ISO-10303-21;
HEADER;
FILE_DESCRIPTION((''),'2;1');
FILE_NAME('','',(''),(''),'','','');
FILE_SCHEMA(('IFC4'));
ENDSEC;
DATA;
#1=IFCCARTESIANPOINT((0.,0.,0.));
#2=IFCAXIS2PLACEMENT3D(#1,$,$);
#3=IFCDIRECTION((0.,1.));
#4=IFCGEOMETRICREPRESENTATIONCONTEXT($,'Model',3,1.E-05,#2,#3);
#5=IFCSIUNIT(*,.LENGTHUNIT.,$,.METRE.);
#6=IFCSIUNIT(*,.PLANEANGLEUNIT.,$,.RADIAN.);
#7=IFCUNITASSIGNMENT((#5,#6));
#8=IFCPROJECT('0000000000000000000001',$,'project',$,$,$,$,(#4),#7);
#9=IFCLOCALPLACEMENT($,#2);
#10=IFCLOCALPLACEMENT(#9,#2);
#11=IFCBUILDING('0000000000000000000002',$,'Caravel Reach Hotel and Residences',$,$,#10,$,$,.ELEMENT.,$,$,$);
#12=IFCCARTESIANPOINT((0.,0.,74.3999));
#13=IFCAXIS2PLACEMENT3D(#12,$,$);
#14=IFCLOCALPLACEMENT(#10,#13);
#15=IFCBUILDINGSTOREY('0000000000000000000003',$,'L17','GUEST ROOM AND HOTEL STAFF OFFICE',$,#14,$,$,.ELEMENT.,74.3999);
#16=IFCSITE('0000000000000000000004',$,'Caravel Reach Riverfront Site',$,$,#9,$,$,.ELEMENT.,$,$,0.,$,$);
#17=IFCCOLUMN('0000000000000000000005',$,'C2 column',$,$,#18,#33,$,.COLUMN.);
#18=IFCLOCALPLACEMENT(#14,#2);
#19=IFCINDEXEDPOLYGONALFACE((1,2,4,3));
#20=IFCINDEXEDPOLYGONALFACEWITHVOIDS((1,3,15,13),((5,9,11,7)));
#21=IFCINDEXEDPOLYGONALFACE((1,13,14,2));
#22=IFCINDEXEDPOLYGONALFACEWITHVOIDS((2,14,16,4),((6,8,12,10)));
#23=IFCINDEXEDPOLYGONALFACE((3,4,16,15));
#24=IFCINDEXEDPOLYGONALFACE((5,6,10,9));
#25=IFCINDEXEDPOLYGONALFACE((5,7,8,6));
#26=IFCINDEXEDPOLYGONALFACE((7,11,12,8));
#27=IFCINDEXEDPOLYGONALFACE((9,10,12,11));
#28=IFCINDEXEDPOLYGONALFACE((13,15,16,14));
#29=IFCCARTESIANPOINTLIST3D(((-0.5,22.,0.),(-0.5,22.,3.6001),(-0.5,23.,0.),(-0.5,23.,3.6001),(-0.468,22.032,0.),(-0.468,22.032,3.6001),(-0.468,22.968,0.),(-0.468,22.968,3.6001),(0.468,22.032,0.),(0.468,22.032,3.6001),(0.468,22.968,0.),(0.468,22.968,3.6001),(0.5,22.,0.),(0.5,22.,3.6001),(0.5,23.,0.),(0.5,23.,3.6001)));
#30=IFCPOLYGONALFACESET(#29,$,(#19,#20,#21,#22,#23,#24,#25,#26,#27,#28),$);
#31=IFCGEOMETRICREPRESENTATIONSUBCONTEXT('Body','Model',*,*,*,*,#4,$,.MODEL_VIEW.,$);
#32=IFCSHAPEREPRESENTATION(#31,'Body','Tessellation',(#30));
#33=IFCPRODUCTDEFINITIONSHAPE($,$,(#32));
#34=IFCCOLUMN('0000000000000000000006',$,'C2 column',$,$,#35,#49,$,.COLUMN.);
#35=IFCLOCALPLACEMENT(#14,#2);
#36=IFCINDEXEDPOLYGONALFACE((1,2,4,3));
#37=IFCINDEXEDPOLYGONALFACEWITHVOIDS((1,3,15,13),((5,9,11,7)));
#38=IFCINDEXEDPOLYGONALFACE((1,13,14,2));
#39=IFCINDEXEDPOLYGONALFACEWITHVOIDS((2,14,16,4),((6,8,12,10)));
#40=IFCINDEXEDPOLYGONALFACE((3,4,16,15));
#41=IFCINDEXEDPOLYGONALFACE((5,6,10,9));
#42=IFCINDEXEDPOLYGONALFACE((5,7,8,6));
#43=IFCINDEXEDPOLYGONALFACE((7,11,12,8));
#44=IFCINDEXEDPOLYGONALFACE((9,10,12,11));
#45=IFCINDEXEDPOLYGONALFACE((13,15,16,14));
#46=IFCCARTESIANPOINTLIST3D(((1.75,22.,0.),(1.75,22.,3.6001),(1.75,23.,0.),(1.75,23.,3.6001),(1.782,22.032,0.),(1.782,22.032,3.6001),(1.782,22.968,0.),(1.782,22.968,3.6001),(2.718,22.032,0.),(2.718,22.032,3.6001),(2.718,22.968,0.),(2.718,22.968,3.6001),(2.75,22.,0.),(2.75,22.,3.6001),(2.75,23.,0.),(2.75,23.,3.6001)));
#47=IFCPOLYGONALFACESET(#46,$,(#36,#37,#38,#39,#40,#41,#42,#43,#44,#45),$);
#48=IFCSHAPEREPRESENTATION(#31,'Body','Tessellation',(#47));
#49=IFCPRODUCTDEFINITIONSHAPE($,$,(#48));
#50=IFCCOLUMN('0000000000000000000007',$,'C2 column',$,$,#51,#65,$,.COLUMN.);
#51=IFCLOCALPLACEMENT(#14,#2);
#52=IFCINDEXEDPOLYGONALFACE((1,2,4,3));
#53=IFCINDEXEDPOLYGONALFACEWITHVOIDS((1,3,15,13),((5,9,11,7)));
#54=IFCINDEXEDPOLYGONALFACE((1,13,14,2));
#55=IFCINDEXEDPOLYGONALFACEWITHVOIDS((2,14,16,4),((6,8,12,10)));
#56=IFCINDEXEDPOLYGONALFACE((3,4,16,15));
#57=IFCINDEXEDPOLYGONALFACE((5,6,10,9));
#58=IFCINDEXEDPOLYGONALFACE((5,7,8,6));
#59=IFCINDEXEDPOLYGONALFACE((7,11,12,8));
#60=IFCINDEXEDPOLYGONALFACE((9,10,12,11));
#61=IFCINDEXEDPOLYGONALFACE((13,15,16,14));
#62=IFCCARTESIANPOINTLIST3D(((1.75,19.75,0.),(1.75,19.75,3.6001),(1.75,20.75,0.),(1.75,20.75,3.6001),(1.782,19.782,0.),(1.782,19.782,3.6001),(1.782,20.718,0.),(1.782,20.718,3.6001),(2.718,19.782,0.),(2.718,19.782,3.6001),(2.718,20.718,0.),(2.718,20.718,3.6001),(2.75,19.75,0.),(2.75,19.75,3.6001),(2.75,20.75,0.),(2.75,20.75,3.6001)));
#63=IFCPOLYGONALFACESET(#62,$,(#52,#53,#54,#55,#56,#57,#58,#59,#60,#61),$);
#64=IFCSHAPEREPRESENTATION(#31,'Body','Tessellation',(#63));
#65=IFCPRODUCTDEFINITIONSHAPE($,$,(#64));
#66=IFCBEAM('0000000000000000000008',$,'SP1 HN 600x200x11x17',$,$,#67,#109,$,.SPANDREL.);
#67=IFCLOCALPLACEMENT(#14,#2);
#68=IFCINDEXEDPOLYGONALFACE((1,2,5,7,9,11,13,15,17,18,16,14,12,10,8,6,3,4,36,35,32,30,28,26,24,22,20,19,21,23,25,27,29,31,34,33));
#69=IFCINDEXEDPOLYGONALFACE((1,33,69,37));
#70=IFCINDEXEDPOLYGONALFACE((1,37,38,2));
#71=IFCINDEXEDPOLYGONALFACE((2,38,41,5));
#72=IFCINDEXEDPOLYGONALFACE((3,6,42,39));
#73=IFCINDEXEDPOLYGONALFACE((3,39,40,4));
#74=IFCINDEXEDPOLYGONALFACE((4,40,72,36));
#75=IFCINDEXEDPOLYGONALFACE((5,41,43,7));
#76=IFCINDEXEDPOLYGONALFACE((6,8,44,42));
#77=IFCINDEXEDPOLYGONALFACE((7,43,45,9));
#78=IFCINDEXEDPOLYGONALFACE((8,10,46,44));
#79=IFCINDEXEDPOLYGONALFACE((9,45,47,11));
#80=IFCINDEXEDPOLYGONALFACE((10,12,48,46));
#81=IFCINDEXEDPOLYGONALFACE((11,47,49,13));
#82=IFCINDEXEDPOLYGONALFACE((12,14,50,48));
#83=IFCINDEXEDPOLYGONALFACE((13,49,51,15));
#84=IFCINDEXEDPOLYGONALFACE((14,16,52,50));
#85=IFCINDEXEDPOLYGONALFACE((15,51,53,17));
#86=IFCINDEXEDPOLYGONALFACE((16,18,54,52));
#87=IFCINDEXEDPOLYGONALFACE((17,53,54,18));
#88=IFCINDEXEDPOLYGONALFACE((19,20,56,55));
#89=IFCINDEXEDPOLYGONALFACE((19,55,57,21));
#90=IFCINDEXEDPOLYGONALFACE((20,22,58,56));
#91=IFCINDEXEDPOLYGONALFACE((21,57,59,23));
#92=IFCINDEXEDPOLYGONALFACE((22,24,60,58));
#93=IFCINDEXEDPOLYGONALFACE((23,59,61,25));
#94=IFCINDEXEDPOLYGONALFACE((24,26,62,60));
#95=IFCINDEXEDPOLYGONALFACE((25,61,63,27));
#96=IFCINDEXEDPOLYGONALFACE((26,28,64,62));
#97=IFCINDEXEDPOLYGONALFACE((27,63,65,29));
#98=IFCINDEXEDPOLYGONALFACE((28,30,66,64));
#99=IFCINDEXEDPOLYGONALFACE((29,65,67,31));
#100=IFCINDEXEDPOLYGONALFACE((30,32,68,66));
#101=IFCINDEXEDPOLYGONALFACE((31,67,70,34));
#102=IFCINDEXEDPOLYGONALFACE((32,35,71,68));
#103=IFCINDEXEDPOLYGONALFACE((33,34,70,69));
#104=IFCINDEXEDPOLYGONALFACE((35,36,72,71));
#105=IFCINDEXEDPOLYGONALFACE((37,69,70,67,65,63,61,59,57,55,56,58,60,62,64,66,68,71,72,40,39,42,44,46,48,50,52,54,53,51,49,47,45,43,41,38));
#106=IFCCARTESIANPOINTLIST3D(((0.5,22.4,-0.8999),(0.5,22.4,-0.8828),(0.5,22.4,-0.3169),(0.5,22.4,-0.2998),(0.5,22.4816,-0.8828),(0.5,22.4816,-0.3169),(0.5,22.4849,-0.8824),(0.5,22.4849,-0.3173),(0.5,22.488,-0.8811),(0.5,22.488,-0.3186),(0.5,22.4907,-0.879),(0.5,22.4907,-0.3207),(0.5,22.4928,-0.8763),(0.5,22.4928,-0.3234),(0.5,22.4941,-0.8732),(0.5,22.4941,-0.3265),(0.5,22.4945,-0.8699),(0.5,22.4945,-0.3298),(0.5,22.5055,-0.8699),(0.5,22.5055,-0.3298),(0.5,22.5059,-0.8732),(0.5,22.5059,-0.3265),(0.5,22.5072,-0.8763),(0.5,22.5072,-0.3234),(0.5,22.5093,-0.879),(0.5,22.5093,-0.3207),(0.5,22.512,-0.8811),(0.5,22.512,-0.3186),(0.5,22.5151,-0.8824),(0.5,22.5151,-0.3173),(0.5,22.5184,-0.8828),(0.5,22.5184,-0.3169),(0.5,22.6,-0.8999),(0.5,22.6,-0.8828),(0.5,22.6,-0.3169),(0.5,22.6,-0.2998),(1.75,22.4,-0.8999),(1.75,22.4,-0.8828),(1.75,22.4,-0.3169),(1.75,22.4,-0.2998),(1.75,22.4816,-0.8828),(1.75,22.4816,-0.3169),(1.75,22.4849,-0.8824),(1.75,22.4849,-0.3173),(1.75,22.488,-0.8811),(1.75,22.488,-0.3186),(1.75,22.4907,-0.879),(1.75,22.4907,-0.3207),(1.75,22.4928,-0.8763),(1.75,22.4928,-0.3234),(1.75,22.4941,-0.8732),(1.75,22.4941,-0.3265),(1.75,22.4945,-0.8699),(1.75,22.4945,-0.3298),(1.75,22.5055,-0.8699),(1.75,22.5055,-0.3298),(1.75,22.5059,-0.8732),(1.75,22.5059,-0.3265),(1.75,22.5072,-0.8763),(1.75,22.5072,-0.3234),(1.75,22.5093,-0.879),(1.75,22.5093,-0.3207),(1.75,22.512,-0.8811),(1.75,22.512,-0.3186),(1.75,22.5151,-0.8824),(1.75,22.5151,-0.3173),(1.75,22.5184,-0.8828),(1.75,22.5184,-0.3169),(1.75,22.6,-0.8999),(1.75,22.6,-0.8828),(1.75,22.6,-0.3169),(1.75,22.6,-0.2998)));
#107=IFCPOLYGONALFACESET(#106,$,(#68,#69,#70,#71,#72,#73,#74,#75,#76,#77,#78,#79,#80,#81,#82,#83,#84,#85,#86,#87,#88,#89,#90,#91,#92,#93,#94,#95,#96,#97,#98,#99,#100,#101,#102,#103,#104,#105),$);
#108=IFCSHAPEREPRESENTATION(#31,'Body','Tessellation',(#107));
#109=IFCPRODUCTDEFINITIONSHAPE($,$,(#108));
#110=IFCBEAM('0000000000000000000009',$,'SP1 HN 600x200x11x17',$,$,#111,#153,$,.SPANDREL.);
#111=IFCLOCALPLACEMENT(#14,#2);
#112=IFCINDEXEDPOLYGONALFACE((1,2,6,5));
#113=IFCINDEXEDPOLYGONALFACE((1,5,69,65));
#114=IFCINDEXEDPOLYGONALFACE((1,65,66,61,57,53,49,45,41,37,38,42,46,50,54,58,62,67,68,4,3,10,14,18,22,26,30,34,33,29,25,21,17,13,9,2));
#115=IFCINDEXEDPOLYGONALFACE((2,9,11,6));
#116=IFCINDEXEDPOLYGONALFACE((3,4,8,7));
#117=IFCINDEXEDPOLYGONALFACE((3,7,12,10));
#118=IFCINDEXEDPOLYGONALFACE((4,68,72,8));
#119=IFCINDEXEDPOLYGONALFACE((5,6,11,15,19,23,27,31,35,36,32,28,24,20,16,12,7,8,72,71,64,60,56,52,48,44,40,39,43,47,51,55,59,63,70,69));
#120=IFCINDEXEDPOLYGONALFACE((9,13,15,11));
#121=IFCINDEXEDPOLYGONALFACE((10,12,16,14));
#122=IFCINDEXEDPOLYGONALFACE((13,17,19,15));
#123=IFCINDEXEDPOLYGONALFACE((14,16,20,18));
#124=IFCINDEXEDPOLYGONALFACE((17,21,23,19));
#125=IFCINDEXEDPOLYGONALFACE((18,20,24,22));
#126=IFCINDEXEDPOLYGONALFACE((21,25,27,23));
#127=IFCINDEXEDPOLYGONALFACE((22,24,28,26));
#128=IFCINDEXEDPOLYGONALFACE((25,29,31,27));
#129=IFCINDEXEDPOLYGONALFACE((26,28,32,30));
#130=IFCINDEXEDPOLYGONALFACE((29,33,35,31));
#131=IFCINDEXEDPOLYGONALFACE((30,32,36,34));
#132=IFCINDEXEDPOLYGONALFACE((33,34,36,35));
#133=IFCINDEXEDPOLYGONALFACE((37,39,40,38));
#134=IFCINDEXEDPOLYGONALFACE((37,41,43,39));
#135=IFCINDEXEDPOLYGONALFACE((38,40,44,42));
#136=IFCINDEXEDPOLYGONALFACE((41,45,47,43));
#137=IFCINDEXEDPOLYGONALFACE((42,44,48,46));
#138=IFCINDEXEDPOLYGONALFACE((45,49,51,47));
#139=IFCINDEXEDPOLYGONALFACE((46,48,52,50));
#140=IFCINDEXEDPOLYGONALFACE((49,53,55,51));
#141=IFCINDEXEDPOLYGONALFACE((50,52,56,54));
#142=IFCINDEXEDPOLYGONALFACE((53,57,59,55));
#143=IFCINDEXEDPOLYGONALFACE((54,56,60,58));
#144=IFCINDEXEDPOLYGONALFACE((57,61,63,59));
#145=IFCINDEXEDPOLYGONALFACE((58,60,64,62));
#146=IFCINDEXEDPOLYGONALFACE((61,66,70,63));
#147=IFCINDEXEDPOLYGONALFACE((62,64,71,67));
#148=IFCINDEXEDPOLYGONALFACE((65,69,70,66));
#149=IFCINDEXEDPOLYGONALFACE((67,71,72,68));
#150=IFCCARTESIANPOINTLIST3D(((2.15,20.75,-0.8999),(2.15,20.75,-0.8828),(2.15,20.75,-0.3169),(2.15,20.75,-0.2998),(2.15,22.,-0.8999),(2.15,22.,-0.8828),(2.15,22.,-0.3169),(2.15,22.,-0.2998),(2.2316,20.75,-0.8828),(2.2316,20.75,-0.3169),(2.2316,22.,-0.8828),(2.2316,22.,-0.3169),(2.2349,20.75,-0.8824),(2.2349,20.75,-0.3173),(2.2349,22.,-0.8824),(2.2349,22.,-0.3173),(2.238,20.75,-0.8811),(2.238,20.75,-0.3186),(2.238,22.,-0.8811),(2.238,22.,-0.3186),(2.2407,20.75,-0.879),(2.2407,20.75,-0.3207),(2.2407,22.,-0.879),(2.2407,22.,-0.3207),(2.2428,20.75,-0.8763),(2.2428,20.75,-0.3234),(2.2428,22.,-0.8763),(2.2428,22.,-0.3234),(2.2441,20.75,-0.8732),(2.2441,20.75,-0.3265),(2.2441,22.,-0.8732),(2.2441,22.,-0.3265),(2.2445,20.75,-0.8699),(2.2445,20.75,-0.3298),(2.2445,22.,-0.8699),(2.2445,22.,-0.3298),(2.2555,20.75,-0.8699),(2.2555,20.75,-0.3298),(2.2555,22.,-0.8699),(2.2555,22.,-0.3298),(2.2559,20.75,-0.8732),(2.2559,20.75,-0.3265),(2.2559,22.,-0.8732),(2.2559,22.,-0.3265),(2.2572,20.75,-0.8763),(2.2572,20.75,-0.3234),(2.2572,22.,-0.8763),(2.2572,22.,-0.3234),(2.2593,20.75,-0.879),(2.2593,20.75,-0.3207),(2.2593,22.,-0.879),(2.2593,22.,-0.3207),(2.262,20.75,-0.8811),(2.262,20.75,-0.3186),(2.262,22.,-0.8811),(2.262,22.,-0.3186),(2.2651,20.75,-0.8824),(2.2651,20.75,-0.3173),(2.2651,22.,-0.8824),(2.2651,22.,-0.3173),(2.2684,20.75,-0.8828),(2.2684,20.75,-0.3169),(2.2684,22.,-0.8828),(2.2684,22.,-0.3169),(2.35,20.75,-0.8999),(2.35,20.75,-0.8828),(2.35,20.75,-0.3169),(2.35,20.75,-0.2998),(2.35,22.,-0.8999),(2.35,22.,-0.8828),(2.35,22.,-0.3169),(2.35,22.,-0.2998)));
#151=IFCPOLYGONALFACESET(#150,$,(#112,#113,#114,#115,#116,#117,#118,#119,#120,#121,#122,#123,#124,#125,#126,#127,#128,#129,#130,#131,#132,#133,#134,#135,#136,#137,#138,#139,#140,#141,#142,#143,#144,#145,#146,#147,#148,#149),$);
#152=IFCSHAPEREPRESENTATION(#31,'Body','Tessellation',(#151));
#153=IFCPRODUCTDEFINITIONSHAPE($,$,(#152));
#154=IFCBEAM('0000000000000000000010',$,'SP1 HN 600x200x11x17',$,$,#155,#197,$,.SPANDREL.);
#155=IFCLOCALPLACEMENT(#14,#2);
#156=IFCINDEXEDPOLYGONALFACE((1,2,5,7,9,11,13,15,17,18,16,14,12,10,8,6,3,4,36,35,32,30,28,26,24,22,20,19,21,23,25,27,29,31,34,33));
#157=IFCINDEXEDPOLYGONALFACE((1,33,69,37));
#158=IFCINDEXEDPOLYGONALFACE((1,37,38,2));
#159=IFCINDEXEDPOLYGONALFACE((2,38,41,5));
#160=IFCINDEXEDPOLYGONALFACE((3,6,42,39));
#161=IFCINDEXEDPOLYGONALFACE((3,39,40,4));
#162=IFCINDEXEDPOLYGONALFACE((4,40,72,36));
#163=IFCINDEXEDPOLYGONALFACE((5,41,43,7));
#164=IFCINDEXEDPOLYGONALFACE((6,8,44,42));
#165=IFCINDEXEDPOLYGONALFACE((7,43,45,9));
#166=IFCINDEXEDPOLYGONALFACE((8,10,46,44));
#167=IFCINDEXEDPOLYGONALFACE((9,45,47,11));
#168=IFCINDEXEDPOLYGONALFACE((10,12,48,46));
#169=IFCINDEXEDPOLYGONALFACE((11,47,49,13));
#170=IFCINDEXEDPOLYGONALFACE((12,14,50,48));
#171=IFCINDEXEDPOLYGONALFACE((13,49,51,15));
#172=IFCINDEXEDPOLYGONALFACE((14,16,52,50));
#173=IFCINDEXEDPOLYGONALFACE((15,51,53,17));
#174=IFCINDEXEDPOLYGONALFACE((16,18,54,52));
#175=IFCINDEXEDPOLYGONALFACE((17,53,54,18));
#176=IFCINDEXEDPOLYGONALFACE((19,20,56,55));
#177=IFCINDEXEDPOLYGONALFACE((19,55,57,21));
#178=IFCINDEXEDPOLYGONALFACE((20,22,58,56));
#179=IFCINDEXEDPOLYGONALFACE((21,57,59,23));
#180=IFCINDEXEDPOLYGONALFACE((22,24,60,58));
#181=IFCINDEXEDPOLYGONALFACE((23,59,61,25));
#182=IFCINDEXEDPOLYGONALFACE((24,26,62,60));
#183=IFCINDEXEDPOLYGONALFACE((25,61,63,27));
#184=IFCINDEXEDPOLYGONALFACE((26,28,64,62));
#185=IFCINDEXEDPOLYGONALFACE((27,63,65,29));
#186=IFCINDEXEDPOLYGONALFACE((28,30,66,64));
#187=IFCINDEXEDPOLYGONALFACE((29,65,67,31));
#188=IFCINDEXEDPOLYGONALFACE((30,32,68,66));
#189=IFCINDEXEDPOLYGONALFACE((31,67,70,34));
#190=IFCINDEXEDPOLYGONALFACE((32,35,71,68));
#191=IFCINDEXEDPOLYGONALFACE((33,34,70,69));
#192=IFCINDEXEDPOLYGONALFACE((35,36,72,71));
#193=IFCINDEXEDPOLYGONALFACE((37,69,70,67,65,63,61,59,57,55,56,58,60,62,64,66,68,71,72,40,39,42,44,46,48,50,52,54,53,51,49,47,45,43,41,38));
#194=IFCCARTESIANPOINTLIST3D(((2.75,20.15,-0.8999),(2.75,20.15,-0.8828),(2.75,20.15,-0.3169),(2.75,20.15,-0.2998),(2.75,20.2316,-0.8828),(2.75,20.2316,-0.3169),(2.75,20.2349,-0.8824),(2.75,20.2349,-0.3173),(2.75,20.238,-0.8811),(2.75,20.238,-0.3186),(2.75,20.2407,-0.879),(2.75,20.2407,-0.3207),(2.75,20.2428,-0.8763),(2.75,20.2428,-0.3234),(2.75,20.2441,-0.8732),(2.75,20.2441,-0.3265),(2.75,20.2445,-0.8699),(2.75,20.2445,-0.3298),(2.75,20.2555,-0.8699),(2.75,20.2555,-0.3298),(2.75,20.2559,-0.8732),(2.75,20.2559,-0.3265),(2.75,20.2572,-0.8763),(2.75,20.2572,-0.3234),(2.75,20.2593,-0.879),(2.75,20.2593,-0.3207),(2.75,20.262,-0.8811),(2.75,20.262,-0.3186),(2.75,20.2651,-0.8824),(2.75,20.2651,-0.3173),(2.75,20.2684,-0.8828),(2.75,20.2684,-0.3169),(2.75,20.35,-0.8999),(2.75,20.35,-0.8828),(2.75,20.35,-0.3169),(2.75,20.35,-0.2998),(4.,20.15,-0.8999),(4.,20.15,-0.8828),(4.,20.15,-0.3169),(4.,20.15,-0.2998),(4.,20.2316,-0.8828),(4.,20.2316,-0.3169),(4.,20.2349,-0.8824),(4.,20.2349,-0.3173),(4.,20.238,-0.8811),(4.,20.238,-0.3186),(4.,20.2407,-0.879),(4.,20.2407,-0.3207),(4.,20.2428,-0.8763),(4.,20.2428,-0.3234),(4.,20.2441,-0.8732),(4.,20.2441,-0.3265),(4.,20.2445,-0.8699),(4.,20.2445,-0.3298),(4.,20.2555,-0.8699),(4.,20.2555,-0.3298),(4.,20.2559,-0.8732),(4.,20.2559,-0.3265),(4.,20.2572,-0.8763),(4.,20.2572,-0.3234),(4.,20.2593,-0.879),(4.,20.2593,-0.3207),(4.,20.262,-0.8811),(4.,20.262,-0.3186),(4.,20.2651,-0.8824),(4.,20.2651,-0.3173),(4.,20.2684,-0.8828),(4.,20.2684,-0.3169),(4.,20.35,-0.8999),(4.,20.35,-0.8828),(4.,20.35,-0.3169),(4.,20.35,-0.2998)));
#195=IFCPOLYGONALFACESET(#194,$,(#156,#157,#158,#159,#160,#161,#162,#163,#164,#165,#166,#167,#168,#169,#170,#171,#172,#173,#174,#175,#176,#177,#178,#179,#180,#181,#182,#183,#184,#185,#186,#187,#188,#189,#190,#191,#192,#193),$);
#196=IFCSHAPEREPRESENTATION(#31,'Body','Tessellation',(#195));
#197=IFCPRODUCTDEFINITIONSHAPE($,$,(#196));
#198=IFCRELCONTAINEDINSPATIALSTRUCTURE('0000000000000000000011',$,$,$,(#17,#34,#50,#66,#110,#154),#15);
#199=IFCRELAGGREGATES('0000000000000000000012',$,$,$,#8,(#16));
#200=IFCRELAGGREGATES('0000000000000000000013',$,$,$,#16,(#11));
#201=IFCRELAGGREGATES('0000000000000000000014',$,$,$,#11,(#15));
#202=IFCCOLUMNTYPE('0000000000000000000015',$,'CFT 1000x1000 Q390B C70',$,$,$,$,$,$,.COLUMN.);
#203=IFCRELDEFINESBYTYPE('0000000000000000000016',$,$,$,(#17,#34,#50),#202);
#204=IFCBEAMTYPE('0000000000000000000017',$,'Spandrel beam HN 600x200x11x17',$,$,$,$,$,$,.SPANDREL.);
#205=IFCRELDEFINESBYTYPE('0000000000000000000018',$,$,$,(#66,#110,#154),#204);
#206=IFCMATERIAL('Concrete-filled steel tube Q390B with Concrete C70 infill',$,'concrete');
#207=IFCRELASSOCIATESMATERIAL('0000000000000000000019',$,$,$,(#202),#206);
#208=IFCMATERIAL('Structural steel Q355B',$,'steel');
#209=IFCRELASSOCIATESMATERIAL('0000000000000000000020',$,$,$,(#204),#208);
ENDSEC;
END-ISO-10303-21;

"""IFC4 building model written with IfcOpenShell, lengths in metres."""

from ifc_helpers import new_model, si_unit, direction, frame, origin, origin_2d, place, context, subcontext, project, spatial, hollow_rectangle, i_section, extrude, material, material_profile, profile_set, type_object, element, save


model = new_model("IFC4")

# Units and contexts
model_context = context("Model", 3, precision=1e-05, world=origin(), true_north=direction((0.0, 1.0)))
body_context = subcontext(model_context, "Body", "Model", "MODEL_VIEW")
ifc_project = project(units=[si_unit("LENGTHUNIT", "METRE"), si_unit("PLANEANGLEUNIT", "RADIAN")], contexts=[model_context])

# Site, building, storey
site_placement = place(None, origin())
site = spatial("IfcSite", under=ifc_project, at=site_placement, Name="Caravel Reach Riverfront Site", CompositionType="ELEMENT", RefElevation=0.0)
building_placement = place(site_placement, origin())
building = spatial("IfcBuilding", under=site, at=building_placement, Name="Caravel Reach Hotel and Residences", CompositionType="ELEMENT")
storey_placement = place(building_placement, frame((0.0, 0.0, 74.3999)))
storey = spatial("IfcBuildingStorey", under=building, at=storey_placement, Name="L17", Description="GUEST ROOM AND HOTEL STAFF OFFICE", CompositionType="ELEMENT", Elevation=74.3999)

# Columns
ifc_material_1 = material(Name="Concrete-filled steel tube Q390B with Concrete C70 infill", Category="concrete")
ifc_material_profile_1 = material_profile(ifc_material_1, hollow_rectangle(XDim=1.0, YDim=1.0, WallThickness=0.032, at=origin_2d()), Name="RHS 1000x1000x32")
ifc_profile_set_1 = profile_set([ifc_material_profile_1], Name="Concrete-filled steel tube Q390B with Concrete C70 infill")
column_type = type_object("IfcColumnType", Name="CFT 1000x1000 Q390B C70", PredefinedType="COLUMN", material=ifc_profile_set_1)
for number, where, z_axis, x_axis, name in (
    (1, (0.0, 22.5, 0.0), (0.0, 0.0, 1.0), (1.0, 0.0, 0.0), "C2 column"),
    (2, (2.25, 22.5, 0.0), (0.0, 0.0, 1.0), (1.0, 0.0, 0.0), "C2 column"),
    (3, (2.25, 20.25, 0.0), (0.0, 0.0, 1.0), (1.0, 0.0, 0.0), "C2 column"),
):
    element("IfcColumn", number, at=place(storey_placement, frame(where, z_axis=z_axis, x_axis=x_axis)), inside=storey, type_object=column_type, Name=name, PredefinedType="COLUMN", context=body_context, shape_type="SweptSolid", body=[
        extrude(hollow_rectangle(XDim=1.0, YDim=1.0, WallThickness=0.032, at=origin_2d()), origin(), (0.0, 0.0, 1.0), 3.6001),
    ])

# Beams
ifc_material_2 = material(Name="Structural steel Q355B", Category="steel")
ifc_material_profile_2 = material_profile(ifc_material_2, i_section(OverallWidth=0.2, OverallDepth=0.6001, WebThickness=0.011, FlangeThickness=0.0171, FilletRadius=0.0129, at=origin_2d()), Name="HN 600x200x11x17")
ifc_profile_set_2 = profile_set([ifc_material_profile_2], Name="Structural steel Q355B")
beam_type = type_object("IfcBeamType", Name="Spandrel beam HN 600x200x11x17", PredefinedType="SPANDREL", material=ifc_profile_set_2)
for number, where, z_axis, x_axis, name in (
    (4, (0.5, 22.5, -0.5999), (1.0, 0.0, 0.0), (0.0, 1.0, 0.0), "SP1 HN 600x200x11x17"),
    (5, (2.25, 22.0, -0.5999), (0.0, -1.0, 0.0), (1.0, 0.0, 0.0), "SP1 HN 600x200x11x17"),
    (6, (2.75, 20.25, -0.5999), (1.0, 0.0, 0.0), (0.0, 1.0, 0.0), "SP1 HN 600x200x11x17"),
):
    element("IfcBeam", number, at=place(storey_placement, frame(where, z_axis=z_axis, x_axis=x_axis)), inside=storey, type_object=beam_type, Name=name, PredefinedType="SPANDREL", context=body_context, shape_type="SweptSolid", body=[
        extrude(i_section(OverallWidth=0.2, OverallDepth=0.6001, WebThickness=0.011, FlangeThickness=0.0171, FilletRadius=0.0129, at=origin_2d()), origin(), (0.0, 0.0, 1.0), 1.25),
    ])

save(model, "model.ifc")
